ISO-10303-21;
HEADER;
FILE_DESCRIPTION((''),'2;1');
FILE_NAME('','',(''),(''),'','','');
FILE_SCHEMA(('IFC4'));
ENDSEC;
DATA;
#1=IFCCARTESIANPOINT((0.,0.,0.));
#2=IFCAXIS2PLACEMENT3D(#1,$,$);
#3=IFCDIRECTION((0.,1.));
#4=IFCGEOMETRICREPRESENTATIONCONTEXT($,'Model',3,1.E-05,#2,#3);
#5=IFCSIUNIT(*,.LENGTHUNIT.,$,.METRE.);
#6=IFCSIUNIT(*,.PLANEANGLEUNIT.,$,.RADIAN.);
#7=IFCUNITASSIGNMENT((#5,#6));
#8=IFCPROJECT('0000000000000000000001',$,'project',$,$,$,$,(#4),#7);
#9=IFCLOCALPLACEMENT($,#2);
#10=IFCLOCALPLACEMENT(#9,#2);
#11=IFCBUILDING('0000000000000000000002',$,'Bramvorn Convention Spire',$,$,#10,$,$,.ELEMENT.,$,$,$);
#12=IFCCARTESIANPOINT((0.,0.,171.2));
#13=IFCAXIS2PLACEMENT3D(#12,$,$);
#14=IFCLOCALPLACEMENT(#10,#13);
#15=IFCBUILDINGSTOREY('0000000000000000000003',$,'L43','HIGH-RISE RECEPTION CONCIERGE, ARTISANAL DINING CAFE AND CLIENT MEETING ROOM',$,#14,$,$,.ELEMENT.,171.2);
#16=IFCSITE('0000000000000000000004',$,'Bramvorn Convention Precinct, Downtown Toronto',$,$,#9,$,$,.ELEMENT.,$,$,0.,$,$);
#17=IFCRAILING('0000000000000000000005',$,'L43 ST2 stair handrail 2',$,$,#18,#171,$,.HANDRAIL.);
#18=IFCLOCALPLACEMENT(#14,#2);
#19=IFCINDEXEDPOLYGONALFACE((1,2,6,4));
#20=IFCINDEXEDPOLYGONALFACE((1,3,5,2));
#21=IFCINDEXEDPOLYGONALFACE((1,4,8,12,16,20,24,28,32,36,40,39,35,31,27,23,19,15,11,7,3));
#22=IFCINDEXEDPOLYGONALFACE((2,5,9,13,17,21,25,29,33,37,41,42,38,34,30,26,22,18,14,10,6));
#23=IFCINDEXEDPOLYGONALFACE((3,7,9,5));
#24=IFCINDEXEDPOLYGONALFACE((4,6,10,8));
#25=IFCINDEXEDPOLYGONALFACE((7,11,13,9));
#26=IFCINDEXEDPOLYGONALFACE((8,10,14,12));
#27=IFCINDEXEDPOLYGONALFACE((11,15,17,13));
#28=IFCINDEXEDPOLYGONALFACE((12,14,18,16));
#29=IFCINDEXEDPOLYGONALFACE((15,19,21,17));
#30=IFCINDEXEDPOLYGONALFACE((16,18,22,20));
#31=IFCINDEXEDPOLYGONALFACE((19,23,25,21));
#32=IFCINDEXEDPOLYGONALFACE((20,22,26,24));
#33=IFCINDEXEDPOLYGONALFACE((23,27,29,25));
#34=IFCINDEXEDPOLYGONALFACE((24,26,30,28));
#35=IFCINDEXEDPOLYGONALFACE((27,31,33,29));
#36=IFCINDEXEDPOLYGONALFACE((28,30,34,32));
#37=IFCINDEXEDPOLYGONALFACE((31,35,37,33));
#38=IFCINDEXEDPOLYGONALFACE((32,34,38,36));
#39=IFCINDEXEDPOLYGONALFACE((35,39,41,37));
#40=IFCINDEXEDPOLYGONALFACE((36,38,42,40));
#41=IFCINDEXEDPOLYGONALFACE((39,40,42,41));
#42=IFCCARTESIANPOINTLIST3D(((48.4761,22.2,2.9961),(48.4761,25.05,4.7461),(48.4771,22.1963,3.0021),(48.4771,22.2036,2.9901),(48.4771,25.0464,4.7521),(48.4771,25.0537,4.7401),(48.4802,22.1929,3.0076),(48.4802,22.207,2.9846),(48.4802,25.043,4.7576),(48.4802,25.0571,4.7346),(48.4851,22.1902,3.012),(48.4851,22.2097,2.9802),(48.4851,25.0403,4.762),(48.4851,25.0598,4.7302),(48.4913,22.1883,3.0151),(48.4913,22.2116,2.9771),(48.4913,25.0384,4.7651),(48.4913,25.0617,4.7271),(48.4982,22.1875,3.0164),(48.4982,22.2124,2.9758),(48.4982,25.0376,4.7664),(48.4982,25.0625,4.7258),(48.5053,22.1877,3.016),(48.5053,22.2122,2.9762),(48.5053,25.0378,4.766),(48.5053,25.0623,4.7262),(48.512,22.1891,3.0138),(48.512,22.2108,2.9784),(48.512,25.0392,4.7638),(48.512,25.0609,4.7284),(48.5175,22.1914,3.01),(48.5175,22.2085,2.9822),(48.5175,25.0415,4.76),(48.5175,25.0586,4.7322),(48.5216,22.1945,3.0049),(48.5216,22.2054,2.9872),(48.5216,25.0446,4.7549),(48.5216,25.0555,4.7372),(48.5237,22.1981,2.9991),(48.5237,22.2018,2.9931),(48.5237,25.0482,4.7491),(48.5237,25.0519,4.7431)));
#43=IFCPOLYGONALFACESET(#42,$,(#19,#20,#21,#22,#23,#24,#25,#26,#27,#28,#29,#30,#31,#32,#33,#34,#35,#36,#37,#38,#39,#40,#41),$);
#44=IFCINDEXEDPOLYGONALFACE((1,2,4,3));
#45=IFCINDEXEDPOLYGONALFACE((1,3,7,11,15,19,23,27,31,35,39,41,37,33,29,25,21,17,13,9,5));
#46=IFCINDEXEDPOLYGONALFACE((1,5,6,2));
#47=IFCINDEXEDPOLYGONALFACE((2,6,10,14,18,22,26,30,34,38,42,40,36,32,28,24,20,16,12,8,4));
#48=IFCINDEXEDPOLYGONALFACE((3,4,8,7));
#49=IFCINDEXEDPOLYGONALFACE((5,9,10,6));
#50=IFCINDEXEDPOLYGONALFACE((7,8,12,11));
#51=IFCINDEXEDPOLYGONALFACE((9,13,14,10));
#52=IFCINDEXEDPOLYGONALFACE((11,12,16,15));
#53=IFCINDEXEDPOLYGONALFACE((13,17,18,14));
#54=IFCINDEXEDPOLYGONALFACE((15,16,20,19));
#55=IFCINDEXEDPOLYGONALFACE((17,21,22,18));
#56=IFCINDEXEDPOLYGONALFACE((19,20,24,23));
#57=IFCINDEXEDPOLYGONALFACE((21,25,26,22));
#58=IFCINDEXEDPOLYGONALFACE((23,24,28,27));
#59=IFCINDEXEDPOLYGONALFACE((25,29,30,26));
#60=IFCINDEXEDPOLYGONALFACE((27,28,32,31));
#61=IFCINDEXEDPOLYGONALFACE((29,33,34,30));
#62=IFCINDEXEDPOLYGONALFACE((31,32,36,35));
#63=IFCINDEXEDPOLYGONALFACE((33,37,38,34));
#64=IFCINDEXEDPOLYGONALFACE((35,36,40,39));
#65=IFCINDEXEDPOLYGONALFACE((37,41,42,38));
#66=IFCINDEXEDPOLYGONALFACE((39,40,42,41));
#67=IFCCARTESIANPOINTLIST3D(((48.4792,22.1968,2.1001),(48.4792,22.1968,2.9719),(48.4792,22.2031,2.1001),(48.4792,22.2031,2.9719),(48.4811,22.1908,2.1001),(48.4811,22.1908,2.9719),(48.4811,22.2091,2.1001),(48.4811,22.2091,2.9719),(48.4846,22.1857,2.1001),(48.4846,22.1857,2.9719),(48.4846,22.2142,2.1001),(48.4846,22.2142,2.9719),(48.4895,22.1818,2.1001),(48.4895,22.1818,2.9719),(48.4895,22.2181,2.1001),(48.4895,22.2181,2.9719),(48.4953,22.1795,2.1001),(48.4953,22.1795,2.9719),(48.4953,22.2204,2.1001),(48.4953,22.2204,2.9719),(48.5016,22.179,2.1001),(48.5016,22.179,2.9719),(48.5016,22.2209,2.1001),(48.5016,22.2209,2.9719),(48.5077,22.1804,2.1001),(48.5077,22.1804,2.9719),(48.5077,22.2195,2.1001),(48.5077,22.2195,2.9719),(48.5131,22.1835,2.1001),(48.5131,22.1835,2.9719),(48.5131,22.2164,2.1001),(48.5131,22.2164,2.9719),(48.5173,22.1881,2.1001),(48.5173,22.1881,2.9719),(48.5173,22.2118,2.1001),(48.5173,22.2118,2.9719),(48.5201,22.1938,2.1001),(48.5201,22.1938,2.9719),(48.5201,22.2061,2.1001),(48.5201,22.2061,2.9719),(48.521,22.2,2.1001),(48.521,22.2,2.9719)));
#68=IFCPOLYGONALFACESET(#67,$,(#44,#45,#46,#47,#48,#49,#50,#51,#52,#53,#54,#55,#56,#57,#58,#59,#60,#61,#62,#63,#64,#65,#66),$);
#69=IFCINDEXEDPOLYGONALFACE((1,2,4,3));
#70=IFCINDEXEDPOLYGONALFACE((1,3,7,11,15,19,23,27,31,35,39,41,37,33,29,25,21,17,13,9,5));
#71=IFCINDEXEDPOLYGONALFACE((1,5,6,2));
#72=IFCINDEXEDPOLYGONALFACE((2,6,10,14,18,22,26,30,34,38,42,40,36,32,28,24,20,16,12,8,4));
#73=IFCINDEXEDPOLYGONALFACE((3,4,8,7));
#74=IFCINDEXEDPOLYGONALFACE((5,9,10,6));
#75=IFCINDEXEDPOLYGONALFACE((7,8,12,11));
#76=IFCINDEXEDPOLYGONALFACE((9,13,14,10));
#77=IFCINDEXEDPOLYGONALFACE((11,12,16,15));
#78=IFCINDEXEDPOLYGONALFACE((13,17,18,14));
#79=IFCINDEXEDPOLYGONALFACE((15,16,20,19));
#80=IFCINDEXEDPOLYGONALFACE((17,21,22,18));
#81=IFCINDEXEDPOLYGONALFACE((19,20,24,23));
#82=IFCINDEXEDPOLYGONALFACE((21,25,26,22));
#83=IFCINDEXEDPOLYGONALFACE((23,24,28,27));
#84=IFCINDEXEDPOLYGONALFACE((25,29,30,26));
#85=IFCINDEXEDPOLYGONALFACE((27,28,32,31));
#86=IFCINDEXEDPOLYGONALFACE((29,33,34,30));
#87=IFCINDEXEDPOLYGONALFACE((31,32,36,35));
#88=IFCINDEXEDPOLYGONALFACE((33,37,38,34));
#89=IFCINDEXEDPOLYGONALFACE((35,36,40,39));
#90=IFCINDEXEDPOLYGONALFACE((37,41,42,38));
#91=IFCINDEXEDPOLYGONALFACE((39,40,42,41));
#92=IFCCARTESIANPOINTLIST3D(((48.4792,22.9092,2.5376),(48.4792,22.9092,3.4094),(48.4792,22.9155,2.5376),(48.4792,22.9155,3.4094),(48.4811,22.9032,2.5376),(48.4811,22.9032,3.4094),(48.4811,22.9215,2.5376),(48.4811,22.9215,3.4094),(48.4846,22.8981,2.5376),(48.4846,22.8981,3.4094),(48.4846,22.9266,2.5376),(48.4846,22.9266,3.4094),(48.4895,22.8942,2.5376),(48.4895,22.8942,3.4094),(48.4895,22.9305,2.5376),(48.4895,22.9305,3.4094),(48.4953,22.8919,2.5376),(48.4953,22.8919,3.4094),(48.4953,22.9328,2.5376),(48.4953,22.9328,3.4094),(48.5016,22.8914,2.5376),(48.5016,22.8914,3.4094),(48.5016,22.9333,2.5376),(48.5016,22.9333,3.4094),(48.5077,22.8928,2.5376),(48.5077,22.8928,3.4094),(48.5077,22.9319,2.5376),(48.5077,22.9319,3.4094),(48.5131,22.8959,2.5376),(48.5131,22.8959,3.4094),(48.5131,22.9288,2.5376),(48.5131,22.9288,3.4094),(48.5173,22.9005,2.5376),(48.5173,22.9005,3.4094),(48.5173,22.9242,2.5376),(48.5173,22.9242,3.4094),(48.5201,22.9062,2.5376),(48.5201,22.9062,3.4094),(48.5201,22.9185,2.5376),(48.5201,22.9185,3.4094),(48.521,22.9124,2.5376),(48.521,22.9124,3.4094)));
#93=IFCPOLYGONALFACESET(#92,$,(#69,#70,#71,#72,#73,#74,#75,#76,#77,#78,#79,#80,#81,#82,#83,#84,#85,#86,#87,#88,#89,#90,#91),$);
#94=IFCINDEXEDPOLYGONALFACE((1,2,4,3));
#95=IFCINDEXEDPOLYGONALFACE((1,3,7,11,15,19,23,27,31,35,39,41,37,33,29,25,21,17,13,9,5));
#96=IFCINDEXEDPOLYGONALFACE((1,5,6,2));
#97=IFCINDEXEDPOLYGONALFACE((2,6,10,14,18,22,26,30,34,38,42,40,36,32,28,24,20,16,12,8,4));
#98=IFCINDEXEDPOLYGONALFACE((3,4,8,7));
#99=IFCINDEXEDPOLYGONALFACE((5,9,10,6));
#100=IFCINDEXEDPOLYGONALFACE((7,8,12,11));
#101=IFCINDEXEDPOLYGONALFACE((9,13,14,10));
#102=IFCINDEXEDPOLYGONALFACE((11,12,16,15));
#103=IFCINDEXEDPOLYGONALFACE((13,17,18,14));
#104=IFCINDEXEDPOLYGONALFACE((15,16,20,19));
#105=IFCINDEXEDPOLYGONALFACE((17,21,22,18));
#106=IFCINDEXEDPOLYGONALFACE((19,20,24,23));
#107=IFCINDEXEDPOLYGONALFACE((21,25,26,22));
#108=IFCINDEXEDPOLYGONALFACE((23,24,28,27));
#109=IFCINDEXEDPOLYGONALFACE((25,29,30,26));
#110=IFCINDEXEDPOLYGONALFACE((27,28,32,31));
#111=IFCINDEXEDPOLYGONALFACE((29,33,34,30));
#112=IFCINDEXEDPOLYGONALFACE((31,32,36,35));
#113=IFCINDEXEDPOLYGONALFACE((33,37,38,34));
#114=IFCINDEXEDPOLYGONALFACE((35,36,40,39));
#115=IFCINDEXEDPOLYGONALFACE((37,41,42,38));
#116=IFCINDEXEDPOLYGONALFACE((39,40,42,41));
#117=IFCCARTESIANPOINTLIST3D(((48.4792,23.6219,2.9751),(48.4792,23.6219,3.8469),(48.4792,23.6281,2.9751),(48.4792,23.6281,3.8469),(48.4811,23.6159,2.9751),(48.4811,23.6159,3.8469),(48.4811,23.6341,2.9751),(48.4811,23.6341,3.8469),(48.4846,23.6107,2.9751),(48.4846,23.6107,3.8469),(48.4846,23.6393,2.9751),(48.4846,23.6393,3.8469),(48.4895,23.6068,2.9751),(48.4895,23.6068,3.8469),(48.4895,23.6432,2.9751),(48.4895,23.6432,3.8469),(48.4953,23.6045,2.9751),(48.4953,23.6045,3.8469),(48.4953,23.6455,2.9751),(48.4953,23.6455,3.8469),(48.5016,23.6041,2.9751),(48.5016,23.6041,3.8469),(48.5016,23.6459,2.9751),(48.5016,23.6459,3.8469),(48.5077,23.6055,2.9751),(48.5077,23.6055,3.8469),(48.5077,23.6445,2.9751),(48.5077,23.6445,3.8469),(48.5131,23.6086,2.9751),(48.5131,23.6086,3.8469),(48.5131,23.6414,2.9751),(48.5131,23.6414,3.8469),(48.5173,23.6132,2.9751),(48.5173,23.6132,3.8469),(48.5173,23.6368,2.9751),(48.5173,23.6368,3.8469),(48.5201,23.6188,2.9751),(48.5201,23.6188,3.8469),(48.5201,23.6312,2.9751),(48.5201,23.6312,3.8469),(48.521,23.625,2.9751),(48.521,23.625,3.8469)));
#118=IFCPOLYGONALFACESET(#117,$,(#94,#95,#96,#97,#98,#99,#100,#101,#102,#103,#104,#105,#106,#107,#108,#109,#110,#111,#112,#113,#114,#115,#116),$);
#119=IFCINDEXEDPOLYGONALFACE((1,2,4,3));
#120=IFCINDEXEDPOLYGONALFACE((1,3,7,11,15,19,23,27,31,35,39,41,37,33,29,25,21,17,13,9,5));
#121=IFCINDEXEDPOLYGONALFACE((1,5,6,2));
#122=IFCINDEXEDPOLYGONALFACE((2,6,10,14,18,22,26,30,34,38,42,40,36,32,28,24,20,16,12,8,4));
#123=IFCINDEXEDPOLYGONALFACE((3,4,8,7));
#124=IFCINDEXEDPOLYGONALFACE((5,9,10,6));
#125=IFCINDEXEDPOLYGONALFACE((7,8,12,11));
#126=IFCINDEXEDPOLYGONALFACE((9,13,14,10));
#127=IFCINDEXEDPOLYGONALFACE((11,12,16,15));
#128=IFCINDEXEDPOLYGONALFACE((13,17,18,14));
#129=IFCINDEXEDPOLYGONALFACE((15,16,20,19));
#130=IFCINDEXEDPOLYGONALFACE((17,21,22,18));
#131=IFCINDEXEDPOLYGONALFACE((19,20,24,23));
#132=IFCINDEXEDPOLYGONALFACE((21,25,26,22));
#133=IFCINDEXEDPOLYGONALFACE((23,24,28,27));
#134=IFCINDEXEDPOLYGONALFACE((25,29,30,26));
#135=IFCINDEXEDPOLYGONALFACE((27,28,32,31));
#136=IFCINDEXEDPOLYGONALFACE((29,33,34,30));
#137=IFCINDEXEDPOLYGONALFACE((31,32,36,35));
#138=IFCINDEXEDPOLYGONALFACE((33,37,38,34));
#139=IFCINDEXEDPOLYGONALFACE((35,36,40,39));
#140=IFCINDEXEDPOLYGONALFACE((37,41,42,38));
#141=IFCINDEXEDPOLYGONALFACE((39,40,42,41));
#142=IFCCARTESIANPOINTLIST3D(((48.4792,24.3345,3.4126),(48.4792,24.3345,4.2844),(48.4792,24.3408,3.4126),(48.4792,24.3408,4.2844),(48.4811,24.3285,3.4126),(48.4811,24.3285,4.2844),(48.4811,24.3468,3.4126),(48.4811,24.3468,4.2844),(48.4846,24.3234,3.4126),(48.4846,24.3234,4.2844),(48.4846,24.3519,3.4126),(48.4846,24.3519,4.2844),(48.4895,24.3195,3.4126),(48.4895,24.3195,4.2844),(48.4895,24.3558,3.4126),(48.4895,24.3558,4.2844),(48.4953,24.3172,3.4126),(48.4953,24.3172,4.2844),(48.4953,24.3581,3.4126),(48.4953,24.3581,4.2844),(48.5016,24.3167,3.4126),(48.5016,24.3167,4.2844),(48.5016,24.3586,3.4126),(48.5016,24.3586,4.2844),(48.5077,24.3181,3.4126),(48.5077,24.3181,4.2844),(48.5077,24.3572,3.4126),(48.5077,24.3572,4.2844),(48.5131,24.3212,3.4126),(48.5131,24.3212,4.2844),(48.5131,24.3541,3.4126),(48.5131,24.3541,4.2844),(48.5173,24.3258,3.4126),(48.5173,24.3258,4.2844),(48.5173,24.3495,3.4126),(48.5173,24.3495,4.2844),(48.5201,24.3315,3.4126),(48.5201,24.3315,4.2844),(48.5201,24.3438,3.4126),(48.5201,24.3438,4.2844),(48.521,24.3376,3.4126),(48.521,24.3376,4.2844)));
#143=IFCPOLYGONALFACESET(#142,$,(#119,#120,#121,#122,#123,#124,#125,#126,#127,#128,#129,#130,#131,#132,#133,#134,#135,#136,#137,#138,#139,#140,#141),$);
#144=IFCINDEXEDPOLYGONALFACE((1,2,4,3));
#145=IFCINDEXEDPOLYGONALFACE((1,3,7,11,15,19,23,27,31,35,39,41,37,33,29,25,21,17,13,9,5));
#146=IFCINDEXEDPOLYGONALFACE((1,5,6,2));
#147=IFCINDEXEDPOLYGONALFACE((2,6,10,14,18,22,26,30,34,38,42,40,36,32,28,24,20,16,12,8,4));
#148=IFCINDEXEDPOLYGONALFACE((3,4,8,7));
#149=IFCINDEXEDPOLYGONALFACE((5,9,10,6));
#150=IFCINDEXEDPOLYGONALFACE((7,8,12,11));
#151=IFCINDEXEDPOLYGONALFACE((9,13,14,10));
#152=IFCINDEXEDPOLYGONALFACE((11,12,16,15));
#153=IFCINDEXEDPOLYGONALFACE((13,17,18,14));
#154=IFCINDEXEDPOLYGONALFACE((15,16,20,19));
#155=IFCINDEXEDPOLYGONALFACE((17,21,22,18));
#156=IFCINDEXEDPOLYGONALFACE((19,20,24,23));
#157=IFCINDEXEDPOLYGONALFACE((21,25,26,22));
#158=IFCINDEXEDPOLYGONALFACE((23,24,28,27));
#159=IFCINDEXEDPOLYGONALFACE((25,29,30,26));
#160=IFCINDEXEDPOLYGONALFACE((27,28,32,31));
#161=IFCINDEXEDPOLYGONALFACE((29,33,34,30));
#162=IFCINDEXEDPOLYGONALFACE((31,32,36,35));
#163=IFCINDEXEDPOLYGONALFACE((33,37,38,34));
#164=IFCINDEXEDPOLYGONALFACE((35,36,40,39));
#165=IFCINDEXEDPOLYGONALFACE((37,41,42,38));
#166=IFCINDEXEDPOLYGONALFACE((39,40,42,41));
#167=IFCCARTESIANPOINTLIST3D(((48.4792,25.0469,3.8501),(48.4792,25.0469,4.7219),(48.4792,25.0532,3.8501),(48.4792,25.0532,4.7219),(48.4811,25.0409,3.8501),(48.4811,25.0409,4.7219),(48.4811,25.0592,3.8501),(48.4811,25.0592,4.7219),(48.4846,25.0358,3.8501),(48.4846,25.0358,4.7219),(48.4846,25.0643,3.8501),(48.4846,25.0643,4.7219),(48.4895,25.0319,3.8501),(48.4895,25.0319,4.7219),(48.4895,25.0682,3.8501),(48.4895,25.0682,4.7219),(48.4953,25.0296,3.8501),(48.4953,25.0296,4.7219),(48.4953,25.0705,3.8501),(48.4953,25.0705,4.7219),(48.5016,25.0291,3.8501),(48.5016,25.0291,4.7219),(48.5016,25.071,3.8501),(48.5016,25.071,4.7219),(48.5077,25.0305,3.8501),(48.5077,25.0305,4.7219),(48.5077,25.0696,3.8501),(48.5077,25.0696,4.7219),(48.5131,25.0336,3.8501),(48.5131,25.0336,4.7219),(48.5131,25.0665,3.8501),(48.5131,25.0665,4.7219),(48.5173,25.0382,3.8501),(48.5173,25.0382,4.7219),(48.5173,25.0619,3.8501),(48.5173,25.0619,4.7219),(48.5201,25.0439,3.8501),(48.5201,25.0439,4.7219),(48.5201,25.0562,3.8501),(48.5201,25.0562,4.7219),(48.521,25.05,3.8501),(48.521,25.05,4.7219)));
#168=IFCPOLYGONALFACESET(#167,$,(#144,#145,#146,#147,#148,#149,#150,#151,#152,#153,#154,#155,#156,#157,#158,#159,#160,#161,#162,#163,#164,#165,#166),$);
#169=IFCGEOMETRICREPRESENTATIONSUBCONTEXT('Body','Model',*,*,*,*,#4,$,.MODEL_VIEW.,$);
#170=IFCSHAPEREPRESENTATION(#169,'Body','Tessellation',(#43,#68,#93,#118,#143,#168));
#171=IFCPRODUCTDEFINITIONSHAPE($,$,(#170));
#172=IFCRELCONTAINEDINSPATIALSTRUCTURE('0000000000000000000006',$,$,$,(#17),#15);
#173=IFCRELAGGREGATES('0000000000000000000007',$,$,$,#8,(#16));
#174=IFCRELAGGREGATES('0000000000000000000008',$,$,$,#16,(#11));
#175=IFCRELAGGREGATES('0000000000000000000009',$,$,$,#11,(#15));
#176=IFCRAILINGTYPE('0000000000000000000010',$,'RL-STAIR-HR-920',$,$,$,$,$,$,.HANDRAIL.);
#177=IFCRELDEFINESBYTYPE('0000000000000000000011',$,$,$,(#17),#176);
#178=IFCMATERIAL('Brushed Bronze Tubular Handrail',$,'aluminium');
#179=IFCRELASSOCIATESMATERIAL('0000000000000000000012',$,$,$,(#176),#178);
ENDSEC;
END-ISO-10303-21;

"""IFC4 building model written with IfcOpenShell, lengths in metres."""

from ifc_helpers import new_model, si_unit, direction, frame, origin, origin_2d, place, context, subcontext, project, spatial, circle, extrude, material, type_object, element, save


model = new_model("IFC4")

# Units and contexts
model_context = context("Model", 3, precision=1e-05, world=origin(), true_north=direction((0.0, 1.0)))
body_context = subcontext(model_context, "Body", "Model", "MODEL_VIEW")
ifc_project = project(units=[si_unit("LENGTHUNIT", "METRE"), si_unit("PLANEANGLEUNIT", "RADIAN")], contexts=[model_context])

# Site, building, storey
site_placement = place(None, origin())
site = spatial("IfcSite", under=ifc_project, at=site_placement, Name="Bramvorn Convention Precinct, Downtown Toronto", CompositionType="ELEMENT", RefElevation=0.0)
building_placement = place(site_placement, origin())
building = spatial("IfcBuilding", under=site, at=building_placement, Name="Bramvorn Convention Spire", CompositionType="ELEMENT")
storey_placement = place(building_placement, frame((0.0, 0.0, 171.2)))
storey = spatial("IfcBuildingStorey", under=building, at=storey_placement, Name="L43", Description="HIGH-RISE RECEPTION CONCIERGE, ARTISANAL DINING CAFE AND CLIENT MEETING ROOM", CompositionType="ELEMENT", Elevation=171.2)

# Railing
ifc_material_1 = material(Name="Brushed Bronze Tubular Handrail", Category="aluminium")
railing_type_1 = type_object("IfcRailingType", Name="RL-STAIR-HR-920", PredefinedType="HANDRAIL", material=ifc_material_1)
railing_1_placement = place(storey_placement, frame((48.5, 22.2, 2.1001)))
element("IfcRailing", 1, at=railing_1_placement, inside=storey, type_object=railing_type_1, Name="L43 ST2 stair handrail 2", PredefinedType="HANDRAIL", context=body_context, shape_type="SweptSolid", body=[
    extrude(circle(Radius=0.0239, at=origin_2d()), frame((0.0, 0.0, 0.896), z_axis=(0.0, 0.852179, 0.52325), x_axis=(-1.0, 0.0, 0.0)), (0.0, 0.0, 1.0), 3.3445),
    extrude(circle(Radius=0.021, at=origin_2d()), origin(), (0.0, 0.0, 1.0), 0.8718),
    extrude(circle(Radius=0.021, at=origin_2d()), frame((0.0, 0.7124, 0.4375)), (0.0, 0.0, 1.0), 0.8718),
    extrude(circle(Radius=0.021, at=origin_2d()), frame((0.0, 1.425, 0.875)), (0.0, 0.0, 1.0), 0.8718),
    extrude(circle(Radius=0.021, at=origin_2d()), frame((0.0, 2.1377, 1.3125)), (0.0, 0.0, 1.0), 0.8718),
    extrude(circle(Radius=0.021, at=origin_2d()), frame((0.0, 2.8501, 1.75)), (0.0, 0.0, 1.0), 0.8718),
])

save(model, "model.ifc")
